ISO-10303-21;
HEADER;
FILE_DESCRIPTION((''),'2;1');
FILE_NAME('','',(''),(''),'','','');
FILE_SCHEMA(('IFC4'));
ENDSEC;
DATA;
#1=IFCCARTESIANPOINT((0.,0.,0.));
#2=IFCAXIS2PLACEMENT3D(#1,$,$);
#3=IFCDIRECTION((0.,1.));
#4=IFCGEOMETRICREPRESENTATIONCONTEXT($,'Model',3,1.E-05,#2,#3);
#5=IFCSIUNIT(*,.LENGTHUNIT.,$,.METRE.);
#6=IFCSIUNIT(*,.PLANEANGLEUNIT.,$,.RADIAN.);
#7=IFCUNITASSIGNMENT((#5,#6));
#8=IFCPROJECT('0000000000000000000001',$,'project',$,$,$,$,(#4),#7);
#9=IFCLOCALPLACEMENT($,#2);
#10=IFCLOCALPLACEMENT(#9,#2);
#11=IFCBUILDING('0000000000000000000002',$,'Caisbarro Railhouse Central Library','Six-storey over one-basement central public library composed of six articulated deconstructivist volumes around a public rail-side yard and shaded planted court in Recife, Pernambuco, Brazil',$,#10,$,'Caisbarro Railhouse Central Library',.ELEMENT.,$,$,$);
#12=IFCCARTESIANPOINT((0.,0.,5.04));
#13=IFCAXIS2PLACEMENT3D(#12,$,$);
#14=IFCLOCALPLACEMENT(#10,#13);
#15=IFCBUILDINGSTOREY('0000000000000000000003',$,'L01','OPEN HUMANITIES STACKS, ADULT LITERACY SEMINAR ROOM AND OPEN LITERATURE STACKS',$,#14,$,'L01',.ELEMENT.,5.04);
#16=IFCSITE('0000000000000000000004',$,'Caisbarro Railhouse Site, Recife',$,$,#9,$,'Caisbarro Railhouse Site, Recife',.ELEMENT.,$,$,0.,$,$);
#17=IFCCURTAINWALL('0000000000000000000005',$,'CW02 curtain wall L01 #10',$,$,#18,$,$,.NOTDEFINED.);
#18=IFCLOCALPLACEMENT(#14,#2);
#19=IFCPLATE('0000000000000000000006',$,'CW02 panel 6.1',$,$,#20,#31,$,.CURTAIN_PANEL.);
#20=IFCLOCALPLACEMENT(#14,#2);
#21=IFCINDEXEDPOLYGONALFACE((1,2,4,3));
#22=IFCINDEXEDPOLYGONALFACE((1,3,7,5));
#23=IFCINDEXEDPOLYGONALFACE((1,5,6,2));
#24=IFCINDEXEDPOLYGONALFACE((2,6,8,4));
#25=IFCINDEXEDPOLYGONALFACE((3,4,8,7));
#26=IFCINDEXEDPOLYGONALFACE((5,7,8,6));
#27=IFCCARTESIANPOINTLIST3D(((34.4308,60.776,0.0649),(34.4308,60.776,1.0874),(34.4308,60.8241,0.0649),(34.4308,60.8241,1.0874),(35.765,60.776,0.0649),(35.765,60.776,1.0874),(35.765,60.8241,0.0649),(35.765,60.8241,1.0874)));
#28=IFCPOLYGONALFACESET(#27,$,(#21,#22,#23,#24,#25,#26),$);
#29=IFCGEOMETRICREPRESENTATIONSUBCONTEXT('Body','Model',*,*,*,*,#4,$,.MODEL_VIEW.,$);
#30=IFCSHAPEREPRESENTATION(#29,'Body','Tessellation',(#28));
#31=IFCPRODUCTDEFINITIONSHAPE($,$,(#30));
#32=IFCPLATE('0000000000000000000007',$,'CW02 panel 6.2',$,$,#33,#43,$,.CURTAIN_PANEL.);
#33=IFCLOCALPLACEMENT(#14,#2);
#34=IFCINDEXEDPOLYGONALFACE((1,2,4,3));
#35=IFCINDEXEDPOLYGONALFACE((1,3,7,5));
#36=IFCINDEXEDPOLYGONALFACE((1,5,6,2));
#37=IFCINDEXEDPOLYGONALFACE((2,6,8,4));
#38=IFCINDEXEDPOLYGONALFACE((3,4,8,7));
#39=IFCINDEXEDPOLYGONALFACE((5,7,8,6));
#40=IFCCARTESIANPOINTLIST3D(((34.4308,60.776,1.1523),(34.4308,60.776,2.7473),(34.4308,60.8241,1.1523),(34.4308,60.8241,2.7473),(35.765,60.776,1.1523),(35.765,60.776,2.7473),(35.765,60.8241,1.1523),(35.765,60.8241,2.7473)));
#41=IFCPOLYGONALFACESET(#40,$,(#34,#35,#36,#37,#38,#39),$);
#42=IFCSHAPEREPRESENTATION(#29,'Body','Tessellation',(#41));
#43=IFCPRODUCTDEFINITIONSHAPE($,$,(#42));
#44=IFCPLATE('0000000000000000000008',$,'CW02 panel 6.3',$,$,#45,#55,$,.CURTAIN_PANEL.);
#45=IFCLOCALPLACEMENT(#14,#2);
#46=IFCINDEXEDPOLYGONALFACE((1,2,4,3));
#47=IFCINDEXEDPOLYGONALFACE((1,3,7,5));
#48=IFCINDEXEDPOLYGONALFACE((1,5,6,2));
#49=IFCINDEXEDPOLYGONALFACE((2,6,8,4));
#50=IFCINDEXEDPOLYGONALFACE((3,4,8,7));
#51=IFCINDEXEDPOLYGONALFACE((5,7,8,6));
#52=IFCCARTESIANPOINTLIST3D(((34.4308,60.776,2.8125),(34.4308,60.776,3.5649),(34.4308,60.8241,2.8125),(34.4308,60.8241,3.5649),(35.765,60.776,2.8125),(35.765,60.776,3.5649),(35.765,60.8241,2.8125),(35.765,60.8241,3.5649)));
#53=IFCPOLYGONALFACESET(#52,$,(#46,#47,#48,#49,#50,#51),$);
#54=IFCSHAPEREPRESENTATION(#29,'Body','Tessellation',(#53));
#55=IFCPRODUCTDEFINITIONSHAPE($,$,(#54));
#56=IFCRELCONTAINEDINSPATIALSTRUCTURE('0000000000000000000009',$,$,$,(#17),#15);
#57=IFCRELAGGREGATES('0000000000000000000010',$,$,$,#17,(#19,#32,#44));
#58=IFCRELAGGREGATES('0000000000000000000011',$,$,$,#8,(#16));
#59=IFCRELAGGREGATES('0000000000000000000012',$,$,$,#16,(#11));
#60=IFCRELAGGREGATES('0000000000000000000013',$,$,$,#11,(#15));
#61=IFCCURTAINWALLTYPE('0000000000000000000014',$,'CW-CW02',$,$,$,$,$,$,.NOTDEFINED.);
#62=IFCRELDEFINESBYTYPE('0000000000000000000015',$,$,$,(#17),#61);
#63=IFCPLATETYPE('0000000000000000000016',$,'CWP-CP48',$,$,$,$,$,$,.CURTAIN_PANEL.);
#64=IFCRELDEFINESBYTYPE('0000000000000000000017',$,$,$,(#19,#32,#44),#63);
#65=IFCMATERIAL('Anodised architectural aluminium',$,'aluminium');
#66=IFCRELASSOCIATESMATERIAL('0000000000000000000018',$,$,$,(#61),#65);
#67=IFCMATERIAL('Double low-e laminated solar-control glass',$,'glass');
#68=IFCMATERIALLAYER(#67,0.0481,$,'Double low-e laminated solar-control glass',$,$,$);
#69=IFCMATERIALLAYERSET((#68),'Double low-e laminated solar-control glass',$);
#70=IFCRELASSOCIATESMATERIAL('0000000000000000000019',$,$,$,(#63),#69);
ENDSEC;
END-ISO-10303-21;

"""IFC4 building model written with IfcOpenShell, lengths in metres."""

from ifc_helpers import new_model, si_unit, direction, frame, origin, origin_2d, place, context, subcontext, project, spatial, rectangle, extrude, material, layer, layer_set, type_object, element, aggregate, save


model = new_model("IFC4")

# Units and contexts
model_context = context("Model", 3, precision=1e-05, world=origin(), true_north=direction((0.0, 1.0)))
body_context = subcontext(model_context, "Body", "Model", "MODEL_VIEW")
ifc_project = project(units=[si_unit("LENGTHUNIT", "METRE"), si_unit("PLANEANGLEUNIT", "RADIAN")], contexts=[model_context])

# Site, building, storey
site_placement = place(None, origin())
site = spatial("IfcSite", under=ifc_project, at=site_placement, Name="Caisbarro Railhouse Site, Recife", LongName="Caisbarro Railhouse Site, Recife", CompositionType="ELEMENT", RefElevation=0.0)
building_placement = place(site_placement, origin())
building = spatial("IfcBuilding", under=site, at=building_placement, Name="Caisbarro Railhouse Central Library", Description="Six-storey over one-basement central public library composed of six articulated deconstructivist volumes around a public rail-side yard and shaded planted court in Recife, Pernambuco, Brazil", LongName="Caisbarro Railhouse Central Library", CompositionType="ELEMENT")
storey_placement = place(building_placement, frame((0.0, 0.0, 5.04)))
storey = spatial("IfcBuildingStorey", under=building, at=storey_placement, Name="L01", Description="OPEN HUMANITIES STACKS, ADULT LITERACY SEMINAR ROOM AND OPEN LITERATURE STACKS", LongName="L01", CompositionType="ELEMENT", Elevation=5.04)

# Curtain wall, plates
ifc_material_1 = material(Name="Anodised architectural aluminium", Category="aluminium")
curtain_wall_type = type_object("IfcCurtainWallType", Name="CW-CW02", PredefinedType="NOTDEFINED", material=ifc_material_1)
curtain_wall_placement = place(storey_placement, origin())
curtain_wall = element("IfcCurtainWall", 1, at=curtain_wall_placement, inside=storey, type_object=curtain_wall_type, Name="CW02 curtain wall L01 #10", PredefinedType="NOTDEFINED")
ifc_material_2 = material(Name="Double low-e laminated solar-control glass", Category="glass")
ifc_layer = layer(ifc_material_2, 0.0481, Name="Double low-e laminated solar-control glass")
ifc_layer_set = layer_set([ifc_layer], Name="Double low-e laminated solar-control glass")
plate_type = type_object("IfcPlateType", Name="CWP-CP48", PredefinedType="CURTAIN_PANEL", material=ifc_layer_set)
plate_1_placement = place(storey_placement, frame((35.0979, 60.8, 0.0649), z_axis=(0.0, 0.0, 1.0), x_axis=(1.0, 0.0, 0.0)))
plate_1 = element("IfcPlate", 2, at=plate_1_placement, type_object=plate_type, Name="CW02 panel 6.1", PredefinedType="CURTAIN_PANEL", context=body_context, shape_type="SweptSolid", body=[
    extrude(rectangle(XDim=1.3342, YDim=0.0481, at=origin_2d()), origin(), (0.0, 0.0, 1.0), 1.0225),
])
plate_2_placement = place(storey_placement, frame((35.0979, 60.8, 1.1523), z_axis=(0.0, 0.0, 1.0), x_axis=(1.0, 0.0, 0.0)))
plate_2 = element("IfcPlate", 3, at=plate_2_placement, type_object=plate_type, Name="CW02 panel 6.2", PredefinedType="CURTAIN_PANEL", context=body_context, shape_type="SweptSolid", body=[
    extrude(rectangle(XDim=1.3342, YDim=0.0481, at=origin_2d()), origin(), (0.0, 0.0, 1.0), 1.595),
])
plate_3_placement = place(storey_placement, frame((35.0979, 60.8, 2.8125), z_axis=(0.0, 0.0, 1.0), x_axis=(1.0, 0.0, 0.0)))
plate_3 = element("IfcPlate", 4, at=plate_3_placement, type_object=plate_type, Name="CW02 panel 6.3", PredefinedType="CURTAIN_PANEL", context=body_context, shape_type="SweptSolid", body=[
    extrude(rectangle(XDim=1.3342, YDim=0.0481, at=origin_2d()), origin(), (0.0, 0.0, 1.0), 0.7524),
])
aggregate(curtain_wall, [plate_1, plate_2, plate_3])

save(model, "model.ifc")
